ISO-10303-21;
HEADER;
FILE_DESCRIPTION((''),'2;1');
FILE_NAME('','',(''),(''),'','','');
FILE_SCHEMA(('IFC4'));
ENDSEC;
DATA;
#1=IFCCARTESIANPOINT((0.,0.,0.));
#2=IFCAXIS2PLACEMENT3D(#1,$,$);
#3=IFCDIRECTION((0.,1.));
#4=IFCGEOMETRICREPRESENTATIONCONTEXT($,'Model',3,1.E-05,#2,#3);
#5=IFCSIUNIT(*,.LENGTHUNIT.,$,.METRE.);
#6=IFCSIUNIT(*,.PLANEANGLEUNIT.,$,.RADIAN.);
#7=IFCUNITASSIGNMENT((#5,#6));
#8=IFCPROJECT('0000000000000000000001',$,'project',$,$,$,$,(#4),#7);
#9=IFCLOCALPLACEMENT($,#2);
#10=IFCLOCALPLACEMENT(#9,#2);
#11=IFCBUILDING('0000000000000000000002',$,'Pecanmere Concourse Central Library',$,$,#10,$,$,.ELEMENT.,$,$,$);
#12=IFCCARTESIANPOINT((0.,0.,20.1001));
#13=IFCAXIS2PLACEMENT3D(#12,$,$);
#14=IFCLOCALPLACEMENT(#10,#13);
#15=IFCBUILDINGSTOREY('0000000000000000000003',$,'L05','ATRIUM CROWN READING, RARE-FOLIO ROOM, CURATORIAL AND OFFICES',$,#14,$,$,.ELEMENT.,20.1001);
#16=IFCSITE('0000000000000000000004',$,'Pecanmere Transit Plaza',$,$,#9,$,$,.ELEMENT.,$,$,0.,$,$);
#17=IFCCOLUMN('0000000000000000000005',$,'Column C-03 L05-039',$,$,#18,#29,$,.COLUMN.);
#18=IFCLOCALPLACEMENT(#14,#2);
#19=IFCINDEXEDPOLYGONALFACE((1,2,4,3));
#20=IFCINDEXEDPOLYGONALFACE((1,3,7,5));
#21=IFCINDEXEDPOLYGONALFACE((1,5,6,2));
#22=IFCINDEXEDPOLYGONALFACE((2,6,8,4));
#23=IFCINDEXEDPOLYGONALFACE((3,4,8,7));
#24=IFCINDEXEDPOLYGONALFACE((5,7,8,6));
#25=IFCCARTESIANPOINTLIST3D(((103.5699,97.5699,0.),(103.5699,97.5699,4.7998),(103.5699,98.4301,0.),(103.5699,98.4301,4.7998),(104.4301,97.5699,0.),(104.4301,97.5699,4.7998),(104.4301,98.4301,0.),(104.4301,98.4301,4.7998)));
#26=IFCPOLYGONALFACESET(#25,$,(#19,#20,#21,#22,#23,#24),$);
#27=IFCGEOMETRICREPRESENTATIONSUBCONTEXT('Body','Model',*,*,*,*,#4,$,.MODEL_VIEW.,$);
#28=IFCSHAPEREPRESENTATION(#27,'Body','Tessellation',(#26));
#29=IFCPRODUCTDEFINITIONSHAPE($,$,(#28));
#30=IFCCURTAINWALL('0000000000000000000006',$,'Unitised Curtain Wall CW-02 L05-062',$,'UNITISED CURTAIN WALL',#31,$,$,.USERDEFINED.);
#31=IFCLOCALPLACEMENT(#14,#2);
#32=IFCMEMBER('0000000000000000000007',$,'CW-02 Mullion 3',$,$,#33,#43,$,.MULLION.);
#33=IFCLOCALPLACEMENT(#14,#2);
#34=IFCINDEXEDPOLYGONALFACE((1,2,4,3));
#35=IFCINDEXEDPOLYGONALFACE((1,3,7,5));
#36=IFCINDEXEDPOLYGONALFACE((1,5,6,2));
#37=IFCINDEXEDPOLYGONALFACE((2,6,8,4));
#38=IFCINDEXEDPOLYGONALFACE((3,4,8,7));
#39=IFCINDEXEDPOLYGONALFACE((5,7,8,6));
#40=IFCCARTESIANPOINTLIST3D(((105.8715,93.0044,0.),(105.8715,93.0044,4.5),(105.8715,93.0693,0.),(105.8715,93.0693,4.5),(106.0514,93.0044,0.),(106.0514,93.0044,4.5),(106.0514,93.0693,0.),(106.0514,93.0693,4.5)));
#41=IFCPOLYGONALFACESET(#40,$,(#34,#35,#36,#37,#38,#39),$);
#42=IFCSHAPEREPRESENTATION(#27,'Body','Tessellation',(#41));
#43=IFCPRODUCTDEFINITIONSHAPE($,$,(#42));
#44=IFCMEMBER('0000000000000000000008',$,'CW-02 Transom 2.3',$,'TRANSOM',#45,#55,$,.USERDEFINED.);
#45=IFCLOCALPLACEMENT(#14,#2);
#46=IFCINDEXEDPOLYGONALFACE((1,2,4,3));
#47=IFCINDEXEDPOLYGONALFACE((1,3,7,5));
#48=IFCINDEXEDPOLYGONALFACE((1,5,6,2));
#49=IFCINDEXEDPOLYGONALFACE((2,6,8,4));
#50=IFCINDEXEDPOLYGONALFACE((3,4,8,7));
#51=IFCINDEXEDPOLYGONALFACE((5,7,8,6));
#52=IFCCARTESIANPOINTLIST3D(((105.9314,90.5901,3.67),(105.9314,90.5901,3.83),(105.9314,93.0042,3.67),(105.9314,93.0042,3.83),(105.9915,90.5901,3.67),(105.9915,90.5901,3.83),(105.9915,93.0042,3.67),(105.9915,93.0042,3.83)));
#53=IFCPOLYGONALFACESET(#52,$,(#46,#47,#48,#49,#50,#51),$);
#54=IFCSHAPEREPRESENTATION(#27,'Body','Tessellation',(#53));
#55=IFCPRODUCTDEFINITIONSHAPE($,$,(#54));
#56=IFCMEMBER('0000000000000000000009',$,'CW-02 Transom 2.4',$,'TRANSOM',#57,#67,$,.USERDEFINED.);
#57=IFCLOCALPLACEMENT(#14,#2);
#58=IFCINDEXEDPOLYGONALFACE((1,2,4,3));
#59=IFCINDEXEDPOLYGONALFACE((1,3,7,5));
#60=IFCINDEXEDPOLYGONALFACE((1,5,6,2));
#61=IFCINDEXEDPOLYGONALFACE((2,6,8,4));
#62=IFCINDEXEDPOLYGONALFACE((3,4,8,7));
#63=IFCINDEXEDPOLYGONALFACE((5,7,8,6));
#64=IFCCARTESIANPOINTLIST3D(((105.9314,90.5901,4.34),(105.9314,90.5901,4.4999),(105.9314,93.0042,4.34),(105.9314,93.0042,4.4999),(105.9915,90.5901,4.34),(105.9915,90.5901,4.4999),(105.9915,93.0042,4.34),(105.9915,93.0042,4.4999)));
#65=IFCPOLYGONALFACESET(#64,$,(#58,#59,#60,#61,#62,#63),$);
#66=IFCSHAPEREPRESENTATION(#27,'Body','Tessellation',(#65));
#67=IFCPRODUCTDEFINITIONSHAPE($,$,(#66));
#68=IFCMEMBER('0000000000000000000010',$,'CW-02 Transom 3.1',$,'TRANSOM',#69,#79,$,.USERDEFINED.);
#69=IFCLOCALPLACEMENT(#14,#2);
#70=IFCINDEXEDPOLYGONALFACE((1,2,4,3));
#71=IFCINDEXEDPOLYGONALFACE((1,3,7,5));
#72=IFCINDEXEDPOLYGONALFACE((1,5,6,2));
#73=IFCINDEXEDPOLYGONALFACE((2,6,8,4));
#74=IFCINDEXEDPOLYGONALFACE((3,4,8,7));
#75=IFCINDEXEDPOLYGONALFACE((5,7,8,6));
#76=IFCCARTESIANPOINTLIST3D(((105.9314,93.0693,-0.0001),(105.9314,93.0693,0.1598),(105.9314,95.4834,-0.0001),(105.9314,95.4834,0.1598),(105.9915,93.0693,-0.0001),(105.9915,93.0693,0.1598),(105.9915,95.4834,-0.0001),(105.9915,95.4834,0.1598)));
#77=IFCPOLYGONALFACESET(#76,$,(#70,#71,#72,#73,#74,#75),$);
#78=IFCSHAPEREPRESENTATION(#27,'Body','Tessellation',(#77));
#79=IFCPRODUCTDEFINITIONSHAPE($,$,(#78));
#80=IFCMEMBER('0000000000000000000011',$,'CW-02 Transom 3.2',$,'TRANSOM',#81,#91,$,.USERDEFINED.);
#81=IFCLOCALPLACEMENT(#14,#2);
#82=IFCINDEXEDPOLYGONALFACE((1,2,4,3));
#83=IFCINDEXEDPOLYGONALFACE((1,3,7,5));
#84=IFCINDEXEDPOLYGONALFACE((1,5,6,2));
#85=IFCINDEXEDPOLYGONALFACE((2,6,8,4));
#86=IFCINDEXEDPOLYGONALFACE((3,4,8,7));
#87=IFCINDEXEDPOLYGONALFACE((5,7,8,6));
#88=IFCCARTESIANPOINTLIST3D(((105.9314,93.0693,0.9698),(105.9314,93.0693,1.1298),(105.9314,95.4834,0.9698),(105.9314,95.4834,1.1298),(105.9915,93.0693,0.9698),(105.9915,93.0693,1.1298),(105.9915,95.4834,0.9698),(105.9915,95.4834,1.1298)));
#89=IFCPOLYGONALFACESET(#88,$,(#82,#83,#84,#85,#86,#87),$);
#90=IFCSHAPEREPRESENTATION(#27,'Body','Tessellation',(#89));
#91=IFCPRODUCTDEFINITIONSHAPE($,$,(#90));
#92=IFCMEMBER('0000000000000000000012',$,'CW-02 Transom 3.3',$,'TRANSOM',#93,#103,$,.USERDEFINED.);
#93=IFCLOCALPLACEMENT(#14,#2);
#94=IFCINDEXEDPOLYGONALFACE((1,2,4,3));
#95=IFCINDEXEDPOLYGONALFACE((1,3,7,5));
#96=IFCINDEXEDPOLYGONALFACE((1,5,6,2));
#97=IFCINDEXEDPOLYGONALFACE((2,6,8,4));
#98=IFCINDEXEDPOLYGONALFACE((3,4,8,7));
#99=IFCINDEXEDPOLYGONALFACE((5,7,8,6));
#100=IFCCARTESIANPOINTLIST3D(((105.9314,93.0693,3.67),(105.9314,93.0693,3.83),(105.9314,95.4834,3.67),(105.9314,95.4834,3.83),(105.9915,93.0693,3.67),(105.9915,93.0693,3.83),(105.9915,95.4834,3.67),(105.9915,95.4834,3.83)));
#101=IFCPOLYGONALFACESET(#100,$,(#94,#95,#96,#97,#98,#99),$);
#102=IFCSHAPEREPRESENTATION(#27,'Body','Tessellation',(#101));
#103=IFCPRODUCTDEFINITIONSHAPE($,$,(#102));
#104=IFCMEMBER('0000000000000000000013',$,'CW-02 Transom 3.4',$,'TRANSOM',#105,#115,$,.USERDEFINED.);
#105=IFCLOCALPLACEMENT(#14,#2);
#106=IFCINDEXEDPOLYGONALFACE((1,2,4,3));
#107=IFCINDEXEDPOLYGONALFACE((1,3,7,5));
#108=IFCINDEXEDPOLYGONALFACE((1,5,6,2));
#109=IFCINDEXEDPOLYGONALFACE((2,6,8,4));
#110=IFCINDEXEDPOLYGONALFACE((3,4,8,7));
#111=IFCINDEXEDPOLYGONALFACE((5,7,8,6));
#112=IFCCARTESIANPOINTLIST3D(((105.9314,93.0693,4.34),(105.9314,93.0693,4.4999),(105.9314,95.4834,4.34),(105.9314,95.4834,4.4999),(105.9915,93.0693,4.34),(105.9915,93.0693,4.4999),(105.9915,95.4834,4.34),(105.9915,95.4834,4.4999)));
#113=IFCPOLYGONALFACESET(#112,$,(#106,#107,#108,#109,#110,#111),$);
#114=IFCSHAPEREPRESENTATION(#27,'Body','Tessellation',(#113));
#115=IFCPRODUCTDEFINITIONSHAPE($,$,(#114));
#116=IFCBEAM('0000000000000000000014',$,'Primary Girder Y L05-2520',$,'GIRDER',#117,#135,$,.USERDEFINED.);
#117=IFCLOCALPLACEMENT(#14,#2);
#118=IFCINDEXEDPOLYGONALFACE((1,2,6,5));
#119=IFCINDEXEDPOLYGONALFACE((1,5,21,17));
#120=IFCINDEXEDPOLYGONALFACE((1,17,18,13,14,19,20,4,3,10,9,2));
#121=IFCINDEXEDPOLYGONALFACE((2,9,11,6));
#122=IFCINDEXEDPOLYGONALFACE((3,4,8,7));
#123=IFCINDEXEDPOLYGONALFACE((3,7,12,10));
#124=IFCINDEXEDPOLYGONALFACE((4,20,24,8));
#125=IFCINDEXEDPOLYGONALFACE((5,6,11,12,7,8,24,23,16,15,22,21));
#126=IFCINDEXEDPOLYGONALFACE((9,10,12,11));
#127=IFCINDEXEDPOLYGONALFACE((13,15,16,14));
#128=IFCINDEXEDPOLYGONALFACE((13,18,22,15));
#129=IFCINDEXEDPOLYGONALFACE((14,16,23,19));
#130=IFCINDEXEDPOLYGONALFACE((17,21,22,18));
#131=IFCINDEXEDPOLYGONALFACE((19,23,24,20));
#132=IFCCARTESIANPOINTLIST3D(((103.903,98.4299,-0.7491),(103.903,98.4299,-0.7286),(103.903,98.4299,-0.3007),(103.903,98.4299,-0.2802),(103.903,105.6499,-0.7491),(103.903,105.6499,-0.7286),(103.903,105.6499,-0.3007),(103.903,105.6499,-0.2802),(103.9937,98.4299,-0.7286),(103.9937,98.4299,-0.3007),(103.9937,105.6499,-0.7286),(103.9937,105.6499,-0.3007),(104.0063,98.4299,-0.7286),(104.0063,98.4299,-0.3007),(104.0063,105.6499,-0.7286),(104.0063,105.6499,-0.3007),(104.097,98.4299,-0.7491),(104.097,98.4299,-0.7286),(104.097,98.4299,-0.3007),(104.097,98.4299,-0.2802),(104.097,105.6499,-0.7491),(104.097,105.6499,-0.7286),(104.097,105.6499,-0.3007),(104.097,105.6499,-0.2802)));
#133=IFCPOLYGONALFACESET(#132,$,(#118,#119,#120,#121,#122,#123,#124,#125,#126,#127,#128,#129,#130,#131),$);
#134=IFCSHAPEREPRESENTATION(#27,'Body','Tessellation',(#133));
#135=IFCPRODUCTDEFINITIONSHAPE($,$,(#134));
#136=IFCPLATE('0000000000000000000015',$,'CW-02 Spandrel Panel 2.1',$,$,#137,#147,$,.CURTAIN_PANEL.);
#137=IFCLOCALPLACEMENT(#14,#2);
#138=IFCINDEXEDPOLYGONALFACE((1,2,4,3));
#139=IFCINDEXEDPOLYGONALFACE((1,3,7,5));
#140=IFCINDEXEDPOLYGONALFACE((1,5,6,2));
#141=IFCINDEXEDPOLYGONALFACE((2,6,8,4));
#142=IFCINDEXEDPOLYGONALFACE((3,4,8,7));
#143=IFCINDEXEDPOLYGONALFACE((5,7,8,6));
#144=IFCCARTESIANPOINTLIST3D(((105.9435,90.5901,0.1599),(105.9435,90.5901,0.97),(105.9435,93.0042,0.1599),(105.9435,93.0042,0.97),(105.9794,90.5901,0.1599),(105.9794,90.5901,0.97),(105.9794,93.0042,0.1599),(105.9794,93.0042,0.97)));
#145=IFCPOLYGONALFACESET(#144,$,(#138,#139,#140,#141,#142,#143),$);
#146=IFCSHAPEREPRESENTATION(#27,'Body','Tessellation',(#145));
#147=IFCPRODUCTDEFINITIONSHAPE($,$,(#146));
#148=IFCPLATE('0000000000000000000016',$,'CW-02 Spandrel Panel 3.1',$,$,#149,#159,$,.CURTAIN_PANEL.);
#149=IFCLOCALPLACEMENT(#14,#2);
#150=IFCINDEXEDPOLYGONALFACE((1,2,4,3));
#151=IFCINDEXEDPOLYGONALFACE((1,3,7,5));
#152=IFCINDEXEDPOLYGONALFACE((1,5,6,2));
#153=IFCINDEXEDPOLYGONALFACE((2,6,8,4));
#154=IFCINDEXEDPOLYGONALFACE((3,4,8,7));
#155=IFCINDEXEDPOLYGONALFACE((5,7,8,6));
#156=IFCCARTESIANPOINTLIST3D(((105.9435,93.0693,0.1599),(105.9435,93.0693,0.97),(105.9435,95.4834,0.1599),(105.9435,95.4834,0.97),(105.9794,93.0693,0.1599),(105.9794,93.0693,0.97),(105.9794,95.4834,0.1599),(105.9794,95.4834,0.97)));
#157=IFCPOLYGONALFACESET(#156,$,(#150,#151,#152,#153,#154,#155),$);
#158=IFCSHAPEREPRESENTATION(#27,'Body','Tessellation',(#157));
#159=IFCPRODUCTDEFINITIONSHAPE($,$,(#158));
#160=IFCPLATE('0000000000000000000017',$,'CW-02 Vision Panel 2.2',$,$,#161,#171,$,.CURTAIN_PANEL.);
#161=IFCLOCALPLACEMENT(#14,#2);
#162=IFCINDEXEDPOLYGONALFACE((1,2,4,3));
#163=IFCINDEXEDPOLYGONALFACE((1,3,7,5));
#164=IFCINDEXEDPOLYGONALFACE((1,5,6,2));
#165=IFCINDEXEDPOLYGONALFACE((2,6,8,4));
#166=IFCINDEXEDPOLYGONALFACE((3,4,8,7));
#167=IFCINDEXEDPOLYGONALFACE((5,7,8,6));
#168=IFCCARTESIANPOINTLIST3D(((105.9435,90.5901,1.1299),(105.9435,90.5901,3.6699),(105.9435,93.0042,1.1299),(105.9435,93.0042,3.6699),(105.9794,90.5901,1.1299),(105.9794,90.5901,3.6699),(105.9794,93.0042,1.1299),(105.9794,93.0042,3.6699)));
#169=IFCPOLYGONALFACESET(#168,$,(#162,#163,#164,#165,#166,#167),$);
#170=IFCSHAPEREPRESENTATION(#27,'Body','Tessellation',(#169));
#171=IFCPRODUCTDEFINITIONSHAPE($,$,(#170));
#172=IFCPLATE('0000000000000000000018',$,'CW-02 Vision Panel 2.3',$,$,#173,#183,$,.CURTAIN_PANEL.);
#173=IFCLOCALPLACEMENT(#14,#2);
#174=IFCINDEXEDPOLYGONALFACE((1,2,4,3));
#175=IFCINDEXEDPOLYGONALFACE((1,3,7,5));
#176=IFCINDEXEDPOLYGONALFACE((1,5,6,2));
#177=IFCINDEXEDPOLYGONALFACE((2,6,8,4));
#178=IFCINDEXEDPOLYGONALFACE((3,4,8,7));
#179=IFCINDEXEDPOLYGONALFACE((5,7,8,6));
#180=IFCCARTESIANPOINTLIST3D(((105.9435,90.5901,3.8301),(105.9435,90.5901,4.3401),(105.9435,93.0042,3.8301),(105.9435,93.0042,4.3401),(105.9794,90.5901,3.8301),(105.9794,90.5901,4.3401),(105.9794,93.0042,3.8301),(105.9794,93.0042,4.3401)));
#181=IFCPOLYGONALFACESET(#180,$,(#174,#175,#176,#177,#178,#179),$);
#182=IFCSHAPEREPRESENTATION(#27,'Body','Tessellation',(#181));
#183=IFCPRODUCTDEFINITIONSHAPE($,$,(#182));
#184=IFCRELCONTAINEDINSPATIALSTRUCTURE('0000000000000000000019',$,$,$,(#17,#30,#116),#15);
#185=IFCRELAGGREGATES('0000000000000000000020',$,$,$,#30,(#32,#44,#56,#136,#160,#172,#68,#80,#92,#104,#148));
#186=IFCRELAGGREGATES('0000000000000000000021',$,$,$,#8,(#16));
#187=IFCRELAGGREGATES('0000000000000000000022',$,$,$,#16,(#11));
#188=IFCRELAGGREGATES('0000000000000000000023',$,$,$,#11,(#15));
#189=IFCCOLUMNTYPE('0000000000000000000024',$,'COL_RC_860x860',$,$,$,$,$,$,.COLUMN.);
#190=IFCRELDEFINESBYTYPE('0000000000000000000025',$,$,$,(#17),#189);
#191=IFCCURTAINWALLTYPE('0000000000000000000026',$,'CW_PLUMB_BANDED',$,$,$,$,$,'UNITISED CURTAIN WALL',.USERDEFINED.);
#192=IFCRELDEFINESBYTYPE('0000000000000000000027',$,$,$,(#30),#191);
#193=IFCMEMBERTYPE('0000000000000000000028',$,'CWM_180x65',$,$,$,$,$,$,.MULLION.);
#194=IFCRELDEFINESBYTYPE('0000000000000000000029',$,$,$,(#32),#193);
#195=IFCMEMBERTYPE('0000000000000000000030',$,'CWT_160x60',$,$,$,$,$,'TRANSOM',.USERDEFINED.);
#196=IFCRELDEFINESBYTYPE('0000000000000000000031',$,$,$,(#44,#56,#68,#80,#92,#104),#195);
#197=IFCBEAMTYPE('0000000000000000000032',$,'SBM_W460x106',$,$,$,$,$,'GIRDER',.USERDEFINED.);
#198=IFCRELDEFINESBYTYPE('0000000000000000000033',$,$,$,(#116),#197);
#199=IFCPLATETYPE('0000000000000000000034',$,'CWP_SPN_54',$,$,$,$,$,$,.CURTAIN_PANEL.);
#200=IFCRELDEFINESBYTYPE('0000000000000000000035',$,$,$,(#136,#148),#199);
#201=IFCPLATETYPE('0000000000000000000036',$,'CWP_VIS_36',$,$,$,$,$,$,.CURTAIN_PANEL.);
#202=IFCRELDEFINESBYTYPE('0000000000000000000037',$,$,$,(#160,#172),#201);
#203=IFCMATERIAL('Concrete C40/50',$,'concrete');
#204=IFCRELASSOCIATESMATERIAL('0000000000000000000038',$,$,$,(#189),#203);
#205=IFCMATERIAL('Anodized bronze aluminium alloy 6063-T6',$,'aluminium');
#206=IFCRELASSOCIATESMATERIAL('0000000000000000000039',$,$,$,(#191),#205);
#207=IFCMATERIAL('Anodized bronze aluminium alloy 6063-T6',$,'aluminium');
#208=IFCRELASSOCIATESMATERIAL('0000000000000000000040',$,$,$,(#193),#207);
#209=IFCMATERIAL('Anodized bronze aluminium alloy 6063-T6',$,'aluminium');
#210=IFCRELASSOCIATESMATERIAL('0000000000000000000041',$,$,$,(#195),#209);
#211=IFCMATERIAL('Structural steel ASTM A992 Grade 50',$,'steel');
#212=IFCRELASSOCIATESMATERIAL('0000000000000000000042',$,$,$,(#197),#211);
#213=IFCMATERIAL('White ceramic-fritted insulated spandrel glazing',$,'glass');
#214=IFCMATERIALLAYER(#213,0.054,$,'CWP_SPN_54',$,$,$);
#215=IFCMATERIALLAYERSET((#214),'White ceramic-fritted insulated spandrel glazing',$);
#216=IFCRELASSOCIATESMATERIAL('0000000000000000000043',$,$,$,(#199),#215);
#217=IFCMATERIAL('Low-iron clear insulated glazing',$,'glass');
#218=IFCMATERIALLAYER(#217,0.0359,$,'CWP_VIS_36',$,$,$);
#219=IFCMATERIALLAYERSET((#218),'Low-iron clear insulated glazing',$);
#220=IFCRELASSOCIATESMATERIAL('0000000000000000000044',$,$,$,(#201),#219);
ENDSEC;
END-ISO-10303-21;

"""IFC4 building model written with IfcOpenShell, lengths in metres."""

from ifc_helpers import new_model, si_unit, direction, frame, origin, origin_2d, place, context, subcontext, project, spatial, rectangle, i_section, extrude, material, layer, layer_set, material_profile, profile_set, type_object, element, aggregate, save


model = new_model("IFC4")

# Units and contexts
model_context = context("Model", 3, precision=1e-05, world=origin(), true_north=direction((0.0, 1.0)))
body_context = subcontext(model_context, "Body", "Model", "MODEL_VIEW")
ifc_project = project(units=[si_unit("LENGTHUNIT", "METRE"), si_unit("PLANEANGLEUNIT", "RADIAN")], contexts=[model_context])

# Site, building, storey
site_placement = place(None, origin())
site = spatial("IfcSite", under=ifc_project, at=site_placement, Name="Pecanmere Transit Plaza", CompositionType="ELEMENT", RefElevation=0.0)
building_placement = place(site_placement, origin())
building = spatial("IfcBuilding", under=site, at=building_placement, Name="Pecanmere Concourse Central Library", CompositionType="ELEMENT")
storey_placement = place(building_placement, frame((0.0, 0.0, 20.1001)))
storey = spatial("IfcBuildingStorey", under=building, at=storey_placement, Name="L05", Description="ATRIUM CROWN READING, RARE-FOLIO ROOM, CURATORIAL AND OFFICES", CompositionType="ELEMENT", Elevation=20.1001)

# Column
ifc_material_1 = material(Name="Concrete C40/50", Category="concrete")
ifc_material_profile_1 = material_profile(ifc_material_1, rectangle(XDim=0.8601, YDim=0.8601, at=origin_2d()), Name="RC 860x860")
ifc_profile_set_1 = profile_set([ifc_material_profile_1], Name="Concrete C40/50")
column_type = type_object("IfcColumnType", Name="COL_RC_860x860", PredefinedType="COLUMN", material=ifc_profile_set_1)
column_placement = place(storey_placement, frame((104.0, 98.0, 0.0), z_axis=(0.0, 0.0, 1.0), x_axis=(1.0, 0.0, 0.0)))
element("IfcColumn", 1, at=column_placement, inside=storey, type_object=column_type, Name="Column C-03 L05-039", PredefinedType="COLUMN", context=body_context, shape_type="SweptSolid", body=[
    extrude(rectangle(XDim=0.8601, YDim=0.8601, at=origin_2d()), origin(), (0.0, 0.0, 1.0), 4.7998),
])

# Curtain wall, members
ifc_material_2 = material(Name="Anodized bronze aluminium alloy 6063-T6", Category="aluminium")
curtain_wall_type = type_object("IfcCurtainWallType", Name="CW_PLUMB_BANDED", ElementType="UNITISED CURTAIN WALL", PredefinedType="USERDEFINED", material=ifc_material_2)
curtain_wall_placement = place(storey_placement, origin())
curtain_wall = element("IfcCurtainWall", 2, at=curtain_wall_placement, inside=storey, type_object=curtain_wall_type, Name="Unitised Curtain Wall CW-02 L05-062", ObjectType="UNITISED CURTAIN WALL", PredefinedType="USERDEFINED")
ifc_material_3 = material(Name="Anodized bronze aluminium alloy 6063-T6", Category="aluminium")
ifc_material_profile_2 = material_profile(ifc_material_3, rectangle(XDim=0.0649, YDim=0.1799, at=origin_2d()), Name="AL 65x180")
ifc_profile_set_2 = profile_set([ifc_material_profile_2], Name="Anodized bronze aluminium alloy 6063-T6")
member_type_1 = type_object("IfcMemberType", Name="CWM_180x65", PredefinedType="MULLION", material=ifc_profile_set_2)
member_1_placement = place(storey_placement, frame((105.9614, 93.0369, 0.0), z_axis=(0.0, 0.0, 1.0), x_axis=(0.0, 1.0, 0.0)))
member_1 = element("IfcMember", 3, at=member_1_placement, type_object=member_type_1, Name="CW-02 Mullion 3", PredefinedType="MULLION", context=body_context, shape_type="SweptSolid", body=[
    extrude(rectangle(XDim=0.0649, YDim=0.1799, at=origin_2d()), origin(), (0.0, 0.0, 1.0), 4.5),
])
ifc_material_4 = material(Name="Anodized bronze aluminium alloy 6063-T6", Category="aluminium")
ifc_material_profile_3 = material_profile(ifc_material_4, rectangle(XDim=0.0601, YDim=0.1599, at=origin_2d()), Name="AL 60x160")
ifc_profile_set_3 = profile_set([ifc_material_profile_3], Name="Anodized bronze aluminium alloy 6063-T6")
member_type_2 = type_object("IfcMemberType", Name="CWT_160x60", ElementType="TRANSOM", PredefinedType="USERDEFINED", material=ifc_profile_set_3)
member_2_placement = place(storey_placement, frame((105.9614, 90.5901, 3.75), z_axis=(0.0, 1.0, 0.0), x_axis=(-1.0, 0.0, 0.0)))
member_2 = element("IfcMember", 4, at=member_2_placement, type_object=member_type_2, Name="CW-02 Transom 2.3", ObjectType="TRANSOM", PredefinedType="USERDEFINED", context=body_context, shape_type="SweptSolid", body=[
    extrude(rectangle(XDim=0.0601, YDim=0.1599, at=origin_2d()), origin(), (0.0, 0.0, 1.0), 2.4141),
])
member_3_placement = place(storey_placement, frame((105.9614, 90.5901, 4.4199), z_axis=(0.0, 1.0, 0.0), x_axis=(-1.0, 0.0, 0.0)))
member_3 = element("IfcMember", 5, at=member_3_placement, type_object=member_type_2, Name="CW-02 Transom 2.4", ObjectType="TRANSOM", PredefinedType="USERDEFINED", context=body_context, shape_type="SweptSolid", body=[
    extrude(rectangle(XDim=0.0601, YDim=0.1599, at=origin_2d()), origin(), (0.0, 0.0, 1.0), 2.4141),
])
member_4_placement = place(storey_placement, frame((105.9614, 93.0693, 0.0798), z_axis=(0.0, 1.0, 0.0), x_axis=(-1.0, 0.0, 0.0)))
member_4 = element("IfcMember", 6, at=member_4_placement, type_object=member_type_2, Name="CW-02 Transom 3.1", ObjectType="TRANSOM", PredefinedType="USERDEFINED", context=body_context, shape_type="SweptSolid", body=[
    extrude(rectangle(XDim=0.0601, YDim=0.1599, at=origin_2d()), origin(), (0.0, 0.0, 1.0), 2.4141),
])
member_5_placement = place(storey_placement, frame((105.9614, 93.0693, 1.0498), z_axis=(0.0, 1.0, 0.0), x_axis=(-1.0, 0.0, 0.0)))
member_5 = element("IfcMember", 7, at=member_5_placement, type_object=member_type_2, Name="CW-02 Transom 3.2", ObjectType="TRANSOM", PredefinedType="USERDEFINED", context=body_context, shape_type="SweptSolid", body=[
    extrude(rectangle(XDim=0.0601, YDim=0.1599, at=origin_2d()), origin(), (0.0, 0.0, 1.0), 2.4141),
])
member_6_placement = place(storey_placement, frame((105.9614, 93.0693, 3.75), z_axis=(0.0, 1.0, 0.0), x_axis=(-1.0, 0.0, 0.0)))
member_6 = element("IfcMember", 8, at=member_6_placement, type_object=member_type_2, Name="CW-02 Transom 3.3", ObjectType="TRANSOM", PredefinedType="USERDEFINED", context=body_context, shape_type="SweptSolid", body=[
    extrude(rectangle(XDim=0.0601, YDim=0.1599, at=origin_2d()), origin(), (0.0, 0.0, 1.0), 2.4141),
])
member_7_placement = place(storey_placement, frame((105.9614, 93.0693, 4.4199), z_axis=(0.0, 1.0, 0.0), x_axis=(-1.0, 0.0, 0.0)))
member_7 = element("IfcMember", 9, at=member_7_placement, type_object=member_type_2, Name="CW-02 Transom 3.4", ObjectType="TRANSOM", PredefinedType="USERDEFINED", context=body_context, shape_type="SweptSolid", body=[
    extrude(rectangle(XDim=0.0601, YDim=0.1599, at=origin_2d()), origin(), (0.0, 0.0, 1.0), 2.4141),
])

# Beam
ifc_material_5 = material(Name="Structural steel ASTM A992 Grade 50", Category="steel")
ifc_material_profile_4 = material_profile(ifc_material_5, i_section(OverallWidth=0.1941, OverallDepth=0.469, WebThickness=0.0127, FlangeThickness=0.0205, at=origin_2d()), Name="W460x106")
ifc_profile_set_4 = profile_set([ifc_material_profile_4], Name="Structural steel ASTM A992 Grade 50")
beam_type = type_object("IfcBeamType", Name="SBM_W460x106", ElementType="GIRDER", PredefinedType="USERDEFINED", material=ifc_profile_set_4)
beam_placement = place(storey_placement, frame((104.0, 98.4299, -0.5146), z_axis=(0.0, 1.0, 0.0), x_axis=(-1.0, 0.0, 0.0)))
element("IfcBeam", 10, at=beam_placement, inside=storey, type_object=beam_type, Name="Primary Girder Y L05-2520", ObjectType="GIRDER", PredefinedType="USERDEFINED", context=body_context, shape_type="SweptSolid", body=[
    extrude(i_section(OverallWidth=0.1941, OverallDepth=0.469, WebThickness=0.0127, FlangeThickness=0.0205, at=origin_2d()), origin(), (0.0, 0.0, 1.0), 7.22),
])

# Plates
ifc_material_6 = material(Name="White ceramic-fritted insulated spandrel glazing", Category="glass")
ifc_layer_1 = layer(ifc_material_6, 0.054, Name="CWP_SPN_54")
ifc_layer_set_1 = layer_set([ifc_layer_1], Name="White ceramic-fritted insulated spandrel glazing")
plate_type_1 = type_object("IfcPlateType", Name="CWP_SPN_54", PredefinedType="CURTAIN_PANEL", material=ifc_layer_set_1)
plate_1_placement = place(storey_placement, frame((105.9614, 91.7971, 0.1599), z_axis=(0.0, 0.0, 1.0), x_axis=(0.0, 1.0, 0.0)))
plate_1 = element("IfcPlate", 11, at=plate_1_placement, type_object=plate_type_1, Name="CW-02 Spandrel Panel 2.1", PredefinedType="CURTAIN_PANEL", context=body_context, shape_type="SweptSolid", body=[
    extrude(rectangle(XDim=2.4141, YDim=0.0359, at=origin_2d()), origin(), (0.0, 0.0, 1.0), 0.8101),
])
plate_2_placement = place(storey_placement, frame((105.9614, 94.2764, 0.1599), z_axis=(0.0, 0.0, 1.0), x_axis=(0.0, 1.0, 0.0)))
plate_2 = element("IfcPlate", 12, at=plate_2_placement, type_object=plate_type_1, Name="CW-02 Spandrel Panel 3.1", PredefinedType="CURTAIN_PANEL", context=body_context, shape_type="SweptSolid", body=[
    extrude(rectangle(XDim=2.4141, YDim=0.0359, at=origin_2d()), origin(), (0.0, 0.0, 1.0), 0.8101),
])
ifc_material_7 = material(Name="Low-iron clear insulated glazing", Category="glass")
ifc_layer_2 = layer(ifc_material_7, 0.0359, Name="CWP_VIS_36")
ifc_layer_set_2 = layer_set([ifc_layer_2], Name="Low-iron clear insulated glazing")
plate_type_2 = type_object("IfcPlateType", Name="CWP_VIS_36", PredefinedType="CURTAIN_PANEL", material=ifc_layer_set_2)
plate_3_placement = place(storey_placement, frame((105.9614, 91.7971, 1.1299), z_axis=(0.0, 0.0, 1.0), x_axis=(0.0, 1.0, 0.0)))
plate_3 = element("IfcPlate", 13, at=plate_3_placement, type_object=plate_type_2, Name="CW-02 Vision Panel 2.2", PredefinedType="CURTAIN_PANEL", context=body_context, shape_type="SweptSolid", body=[
    extrude(rectangle(XDim=2.4141, YDim=0.0359, at=origin_2d()), origin(), (0.0, 0.0, 1.0), 2.54),
])
plate_4_placement = place(storey_placement, frame((105.9614, 91.7971, 3.8301), z_axis=(0.0, 0.0, 1.0), x_axis=(0.0, 1.0, 0.0)))
plate_4 = element("IfcPlate", 14, at=plate_4_placement, type_object=plate_type_2, Name="CW-02 Vision Panel 2.3", PredefinedType="CURTAIN_PANEL", context=body_context, shape_type="SweptSolid", body=[
    extrude(rectangle(XDim=2.4141, YDim=0.0359, at=origin_2d()), origin(), (0.0, 0.0, 1.0), 0.51),
])
aggregate(curtain_wall, [member_1, member_2, member_3, plate_1, plate_3, plate_4, member_4, member_5, member_6, member_7, plate_2])

save(model, "model.ifc")
